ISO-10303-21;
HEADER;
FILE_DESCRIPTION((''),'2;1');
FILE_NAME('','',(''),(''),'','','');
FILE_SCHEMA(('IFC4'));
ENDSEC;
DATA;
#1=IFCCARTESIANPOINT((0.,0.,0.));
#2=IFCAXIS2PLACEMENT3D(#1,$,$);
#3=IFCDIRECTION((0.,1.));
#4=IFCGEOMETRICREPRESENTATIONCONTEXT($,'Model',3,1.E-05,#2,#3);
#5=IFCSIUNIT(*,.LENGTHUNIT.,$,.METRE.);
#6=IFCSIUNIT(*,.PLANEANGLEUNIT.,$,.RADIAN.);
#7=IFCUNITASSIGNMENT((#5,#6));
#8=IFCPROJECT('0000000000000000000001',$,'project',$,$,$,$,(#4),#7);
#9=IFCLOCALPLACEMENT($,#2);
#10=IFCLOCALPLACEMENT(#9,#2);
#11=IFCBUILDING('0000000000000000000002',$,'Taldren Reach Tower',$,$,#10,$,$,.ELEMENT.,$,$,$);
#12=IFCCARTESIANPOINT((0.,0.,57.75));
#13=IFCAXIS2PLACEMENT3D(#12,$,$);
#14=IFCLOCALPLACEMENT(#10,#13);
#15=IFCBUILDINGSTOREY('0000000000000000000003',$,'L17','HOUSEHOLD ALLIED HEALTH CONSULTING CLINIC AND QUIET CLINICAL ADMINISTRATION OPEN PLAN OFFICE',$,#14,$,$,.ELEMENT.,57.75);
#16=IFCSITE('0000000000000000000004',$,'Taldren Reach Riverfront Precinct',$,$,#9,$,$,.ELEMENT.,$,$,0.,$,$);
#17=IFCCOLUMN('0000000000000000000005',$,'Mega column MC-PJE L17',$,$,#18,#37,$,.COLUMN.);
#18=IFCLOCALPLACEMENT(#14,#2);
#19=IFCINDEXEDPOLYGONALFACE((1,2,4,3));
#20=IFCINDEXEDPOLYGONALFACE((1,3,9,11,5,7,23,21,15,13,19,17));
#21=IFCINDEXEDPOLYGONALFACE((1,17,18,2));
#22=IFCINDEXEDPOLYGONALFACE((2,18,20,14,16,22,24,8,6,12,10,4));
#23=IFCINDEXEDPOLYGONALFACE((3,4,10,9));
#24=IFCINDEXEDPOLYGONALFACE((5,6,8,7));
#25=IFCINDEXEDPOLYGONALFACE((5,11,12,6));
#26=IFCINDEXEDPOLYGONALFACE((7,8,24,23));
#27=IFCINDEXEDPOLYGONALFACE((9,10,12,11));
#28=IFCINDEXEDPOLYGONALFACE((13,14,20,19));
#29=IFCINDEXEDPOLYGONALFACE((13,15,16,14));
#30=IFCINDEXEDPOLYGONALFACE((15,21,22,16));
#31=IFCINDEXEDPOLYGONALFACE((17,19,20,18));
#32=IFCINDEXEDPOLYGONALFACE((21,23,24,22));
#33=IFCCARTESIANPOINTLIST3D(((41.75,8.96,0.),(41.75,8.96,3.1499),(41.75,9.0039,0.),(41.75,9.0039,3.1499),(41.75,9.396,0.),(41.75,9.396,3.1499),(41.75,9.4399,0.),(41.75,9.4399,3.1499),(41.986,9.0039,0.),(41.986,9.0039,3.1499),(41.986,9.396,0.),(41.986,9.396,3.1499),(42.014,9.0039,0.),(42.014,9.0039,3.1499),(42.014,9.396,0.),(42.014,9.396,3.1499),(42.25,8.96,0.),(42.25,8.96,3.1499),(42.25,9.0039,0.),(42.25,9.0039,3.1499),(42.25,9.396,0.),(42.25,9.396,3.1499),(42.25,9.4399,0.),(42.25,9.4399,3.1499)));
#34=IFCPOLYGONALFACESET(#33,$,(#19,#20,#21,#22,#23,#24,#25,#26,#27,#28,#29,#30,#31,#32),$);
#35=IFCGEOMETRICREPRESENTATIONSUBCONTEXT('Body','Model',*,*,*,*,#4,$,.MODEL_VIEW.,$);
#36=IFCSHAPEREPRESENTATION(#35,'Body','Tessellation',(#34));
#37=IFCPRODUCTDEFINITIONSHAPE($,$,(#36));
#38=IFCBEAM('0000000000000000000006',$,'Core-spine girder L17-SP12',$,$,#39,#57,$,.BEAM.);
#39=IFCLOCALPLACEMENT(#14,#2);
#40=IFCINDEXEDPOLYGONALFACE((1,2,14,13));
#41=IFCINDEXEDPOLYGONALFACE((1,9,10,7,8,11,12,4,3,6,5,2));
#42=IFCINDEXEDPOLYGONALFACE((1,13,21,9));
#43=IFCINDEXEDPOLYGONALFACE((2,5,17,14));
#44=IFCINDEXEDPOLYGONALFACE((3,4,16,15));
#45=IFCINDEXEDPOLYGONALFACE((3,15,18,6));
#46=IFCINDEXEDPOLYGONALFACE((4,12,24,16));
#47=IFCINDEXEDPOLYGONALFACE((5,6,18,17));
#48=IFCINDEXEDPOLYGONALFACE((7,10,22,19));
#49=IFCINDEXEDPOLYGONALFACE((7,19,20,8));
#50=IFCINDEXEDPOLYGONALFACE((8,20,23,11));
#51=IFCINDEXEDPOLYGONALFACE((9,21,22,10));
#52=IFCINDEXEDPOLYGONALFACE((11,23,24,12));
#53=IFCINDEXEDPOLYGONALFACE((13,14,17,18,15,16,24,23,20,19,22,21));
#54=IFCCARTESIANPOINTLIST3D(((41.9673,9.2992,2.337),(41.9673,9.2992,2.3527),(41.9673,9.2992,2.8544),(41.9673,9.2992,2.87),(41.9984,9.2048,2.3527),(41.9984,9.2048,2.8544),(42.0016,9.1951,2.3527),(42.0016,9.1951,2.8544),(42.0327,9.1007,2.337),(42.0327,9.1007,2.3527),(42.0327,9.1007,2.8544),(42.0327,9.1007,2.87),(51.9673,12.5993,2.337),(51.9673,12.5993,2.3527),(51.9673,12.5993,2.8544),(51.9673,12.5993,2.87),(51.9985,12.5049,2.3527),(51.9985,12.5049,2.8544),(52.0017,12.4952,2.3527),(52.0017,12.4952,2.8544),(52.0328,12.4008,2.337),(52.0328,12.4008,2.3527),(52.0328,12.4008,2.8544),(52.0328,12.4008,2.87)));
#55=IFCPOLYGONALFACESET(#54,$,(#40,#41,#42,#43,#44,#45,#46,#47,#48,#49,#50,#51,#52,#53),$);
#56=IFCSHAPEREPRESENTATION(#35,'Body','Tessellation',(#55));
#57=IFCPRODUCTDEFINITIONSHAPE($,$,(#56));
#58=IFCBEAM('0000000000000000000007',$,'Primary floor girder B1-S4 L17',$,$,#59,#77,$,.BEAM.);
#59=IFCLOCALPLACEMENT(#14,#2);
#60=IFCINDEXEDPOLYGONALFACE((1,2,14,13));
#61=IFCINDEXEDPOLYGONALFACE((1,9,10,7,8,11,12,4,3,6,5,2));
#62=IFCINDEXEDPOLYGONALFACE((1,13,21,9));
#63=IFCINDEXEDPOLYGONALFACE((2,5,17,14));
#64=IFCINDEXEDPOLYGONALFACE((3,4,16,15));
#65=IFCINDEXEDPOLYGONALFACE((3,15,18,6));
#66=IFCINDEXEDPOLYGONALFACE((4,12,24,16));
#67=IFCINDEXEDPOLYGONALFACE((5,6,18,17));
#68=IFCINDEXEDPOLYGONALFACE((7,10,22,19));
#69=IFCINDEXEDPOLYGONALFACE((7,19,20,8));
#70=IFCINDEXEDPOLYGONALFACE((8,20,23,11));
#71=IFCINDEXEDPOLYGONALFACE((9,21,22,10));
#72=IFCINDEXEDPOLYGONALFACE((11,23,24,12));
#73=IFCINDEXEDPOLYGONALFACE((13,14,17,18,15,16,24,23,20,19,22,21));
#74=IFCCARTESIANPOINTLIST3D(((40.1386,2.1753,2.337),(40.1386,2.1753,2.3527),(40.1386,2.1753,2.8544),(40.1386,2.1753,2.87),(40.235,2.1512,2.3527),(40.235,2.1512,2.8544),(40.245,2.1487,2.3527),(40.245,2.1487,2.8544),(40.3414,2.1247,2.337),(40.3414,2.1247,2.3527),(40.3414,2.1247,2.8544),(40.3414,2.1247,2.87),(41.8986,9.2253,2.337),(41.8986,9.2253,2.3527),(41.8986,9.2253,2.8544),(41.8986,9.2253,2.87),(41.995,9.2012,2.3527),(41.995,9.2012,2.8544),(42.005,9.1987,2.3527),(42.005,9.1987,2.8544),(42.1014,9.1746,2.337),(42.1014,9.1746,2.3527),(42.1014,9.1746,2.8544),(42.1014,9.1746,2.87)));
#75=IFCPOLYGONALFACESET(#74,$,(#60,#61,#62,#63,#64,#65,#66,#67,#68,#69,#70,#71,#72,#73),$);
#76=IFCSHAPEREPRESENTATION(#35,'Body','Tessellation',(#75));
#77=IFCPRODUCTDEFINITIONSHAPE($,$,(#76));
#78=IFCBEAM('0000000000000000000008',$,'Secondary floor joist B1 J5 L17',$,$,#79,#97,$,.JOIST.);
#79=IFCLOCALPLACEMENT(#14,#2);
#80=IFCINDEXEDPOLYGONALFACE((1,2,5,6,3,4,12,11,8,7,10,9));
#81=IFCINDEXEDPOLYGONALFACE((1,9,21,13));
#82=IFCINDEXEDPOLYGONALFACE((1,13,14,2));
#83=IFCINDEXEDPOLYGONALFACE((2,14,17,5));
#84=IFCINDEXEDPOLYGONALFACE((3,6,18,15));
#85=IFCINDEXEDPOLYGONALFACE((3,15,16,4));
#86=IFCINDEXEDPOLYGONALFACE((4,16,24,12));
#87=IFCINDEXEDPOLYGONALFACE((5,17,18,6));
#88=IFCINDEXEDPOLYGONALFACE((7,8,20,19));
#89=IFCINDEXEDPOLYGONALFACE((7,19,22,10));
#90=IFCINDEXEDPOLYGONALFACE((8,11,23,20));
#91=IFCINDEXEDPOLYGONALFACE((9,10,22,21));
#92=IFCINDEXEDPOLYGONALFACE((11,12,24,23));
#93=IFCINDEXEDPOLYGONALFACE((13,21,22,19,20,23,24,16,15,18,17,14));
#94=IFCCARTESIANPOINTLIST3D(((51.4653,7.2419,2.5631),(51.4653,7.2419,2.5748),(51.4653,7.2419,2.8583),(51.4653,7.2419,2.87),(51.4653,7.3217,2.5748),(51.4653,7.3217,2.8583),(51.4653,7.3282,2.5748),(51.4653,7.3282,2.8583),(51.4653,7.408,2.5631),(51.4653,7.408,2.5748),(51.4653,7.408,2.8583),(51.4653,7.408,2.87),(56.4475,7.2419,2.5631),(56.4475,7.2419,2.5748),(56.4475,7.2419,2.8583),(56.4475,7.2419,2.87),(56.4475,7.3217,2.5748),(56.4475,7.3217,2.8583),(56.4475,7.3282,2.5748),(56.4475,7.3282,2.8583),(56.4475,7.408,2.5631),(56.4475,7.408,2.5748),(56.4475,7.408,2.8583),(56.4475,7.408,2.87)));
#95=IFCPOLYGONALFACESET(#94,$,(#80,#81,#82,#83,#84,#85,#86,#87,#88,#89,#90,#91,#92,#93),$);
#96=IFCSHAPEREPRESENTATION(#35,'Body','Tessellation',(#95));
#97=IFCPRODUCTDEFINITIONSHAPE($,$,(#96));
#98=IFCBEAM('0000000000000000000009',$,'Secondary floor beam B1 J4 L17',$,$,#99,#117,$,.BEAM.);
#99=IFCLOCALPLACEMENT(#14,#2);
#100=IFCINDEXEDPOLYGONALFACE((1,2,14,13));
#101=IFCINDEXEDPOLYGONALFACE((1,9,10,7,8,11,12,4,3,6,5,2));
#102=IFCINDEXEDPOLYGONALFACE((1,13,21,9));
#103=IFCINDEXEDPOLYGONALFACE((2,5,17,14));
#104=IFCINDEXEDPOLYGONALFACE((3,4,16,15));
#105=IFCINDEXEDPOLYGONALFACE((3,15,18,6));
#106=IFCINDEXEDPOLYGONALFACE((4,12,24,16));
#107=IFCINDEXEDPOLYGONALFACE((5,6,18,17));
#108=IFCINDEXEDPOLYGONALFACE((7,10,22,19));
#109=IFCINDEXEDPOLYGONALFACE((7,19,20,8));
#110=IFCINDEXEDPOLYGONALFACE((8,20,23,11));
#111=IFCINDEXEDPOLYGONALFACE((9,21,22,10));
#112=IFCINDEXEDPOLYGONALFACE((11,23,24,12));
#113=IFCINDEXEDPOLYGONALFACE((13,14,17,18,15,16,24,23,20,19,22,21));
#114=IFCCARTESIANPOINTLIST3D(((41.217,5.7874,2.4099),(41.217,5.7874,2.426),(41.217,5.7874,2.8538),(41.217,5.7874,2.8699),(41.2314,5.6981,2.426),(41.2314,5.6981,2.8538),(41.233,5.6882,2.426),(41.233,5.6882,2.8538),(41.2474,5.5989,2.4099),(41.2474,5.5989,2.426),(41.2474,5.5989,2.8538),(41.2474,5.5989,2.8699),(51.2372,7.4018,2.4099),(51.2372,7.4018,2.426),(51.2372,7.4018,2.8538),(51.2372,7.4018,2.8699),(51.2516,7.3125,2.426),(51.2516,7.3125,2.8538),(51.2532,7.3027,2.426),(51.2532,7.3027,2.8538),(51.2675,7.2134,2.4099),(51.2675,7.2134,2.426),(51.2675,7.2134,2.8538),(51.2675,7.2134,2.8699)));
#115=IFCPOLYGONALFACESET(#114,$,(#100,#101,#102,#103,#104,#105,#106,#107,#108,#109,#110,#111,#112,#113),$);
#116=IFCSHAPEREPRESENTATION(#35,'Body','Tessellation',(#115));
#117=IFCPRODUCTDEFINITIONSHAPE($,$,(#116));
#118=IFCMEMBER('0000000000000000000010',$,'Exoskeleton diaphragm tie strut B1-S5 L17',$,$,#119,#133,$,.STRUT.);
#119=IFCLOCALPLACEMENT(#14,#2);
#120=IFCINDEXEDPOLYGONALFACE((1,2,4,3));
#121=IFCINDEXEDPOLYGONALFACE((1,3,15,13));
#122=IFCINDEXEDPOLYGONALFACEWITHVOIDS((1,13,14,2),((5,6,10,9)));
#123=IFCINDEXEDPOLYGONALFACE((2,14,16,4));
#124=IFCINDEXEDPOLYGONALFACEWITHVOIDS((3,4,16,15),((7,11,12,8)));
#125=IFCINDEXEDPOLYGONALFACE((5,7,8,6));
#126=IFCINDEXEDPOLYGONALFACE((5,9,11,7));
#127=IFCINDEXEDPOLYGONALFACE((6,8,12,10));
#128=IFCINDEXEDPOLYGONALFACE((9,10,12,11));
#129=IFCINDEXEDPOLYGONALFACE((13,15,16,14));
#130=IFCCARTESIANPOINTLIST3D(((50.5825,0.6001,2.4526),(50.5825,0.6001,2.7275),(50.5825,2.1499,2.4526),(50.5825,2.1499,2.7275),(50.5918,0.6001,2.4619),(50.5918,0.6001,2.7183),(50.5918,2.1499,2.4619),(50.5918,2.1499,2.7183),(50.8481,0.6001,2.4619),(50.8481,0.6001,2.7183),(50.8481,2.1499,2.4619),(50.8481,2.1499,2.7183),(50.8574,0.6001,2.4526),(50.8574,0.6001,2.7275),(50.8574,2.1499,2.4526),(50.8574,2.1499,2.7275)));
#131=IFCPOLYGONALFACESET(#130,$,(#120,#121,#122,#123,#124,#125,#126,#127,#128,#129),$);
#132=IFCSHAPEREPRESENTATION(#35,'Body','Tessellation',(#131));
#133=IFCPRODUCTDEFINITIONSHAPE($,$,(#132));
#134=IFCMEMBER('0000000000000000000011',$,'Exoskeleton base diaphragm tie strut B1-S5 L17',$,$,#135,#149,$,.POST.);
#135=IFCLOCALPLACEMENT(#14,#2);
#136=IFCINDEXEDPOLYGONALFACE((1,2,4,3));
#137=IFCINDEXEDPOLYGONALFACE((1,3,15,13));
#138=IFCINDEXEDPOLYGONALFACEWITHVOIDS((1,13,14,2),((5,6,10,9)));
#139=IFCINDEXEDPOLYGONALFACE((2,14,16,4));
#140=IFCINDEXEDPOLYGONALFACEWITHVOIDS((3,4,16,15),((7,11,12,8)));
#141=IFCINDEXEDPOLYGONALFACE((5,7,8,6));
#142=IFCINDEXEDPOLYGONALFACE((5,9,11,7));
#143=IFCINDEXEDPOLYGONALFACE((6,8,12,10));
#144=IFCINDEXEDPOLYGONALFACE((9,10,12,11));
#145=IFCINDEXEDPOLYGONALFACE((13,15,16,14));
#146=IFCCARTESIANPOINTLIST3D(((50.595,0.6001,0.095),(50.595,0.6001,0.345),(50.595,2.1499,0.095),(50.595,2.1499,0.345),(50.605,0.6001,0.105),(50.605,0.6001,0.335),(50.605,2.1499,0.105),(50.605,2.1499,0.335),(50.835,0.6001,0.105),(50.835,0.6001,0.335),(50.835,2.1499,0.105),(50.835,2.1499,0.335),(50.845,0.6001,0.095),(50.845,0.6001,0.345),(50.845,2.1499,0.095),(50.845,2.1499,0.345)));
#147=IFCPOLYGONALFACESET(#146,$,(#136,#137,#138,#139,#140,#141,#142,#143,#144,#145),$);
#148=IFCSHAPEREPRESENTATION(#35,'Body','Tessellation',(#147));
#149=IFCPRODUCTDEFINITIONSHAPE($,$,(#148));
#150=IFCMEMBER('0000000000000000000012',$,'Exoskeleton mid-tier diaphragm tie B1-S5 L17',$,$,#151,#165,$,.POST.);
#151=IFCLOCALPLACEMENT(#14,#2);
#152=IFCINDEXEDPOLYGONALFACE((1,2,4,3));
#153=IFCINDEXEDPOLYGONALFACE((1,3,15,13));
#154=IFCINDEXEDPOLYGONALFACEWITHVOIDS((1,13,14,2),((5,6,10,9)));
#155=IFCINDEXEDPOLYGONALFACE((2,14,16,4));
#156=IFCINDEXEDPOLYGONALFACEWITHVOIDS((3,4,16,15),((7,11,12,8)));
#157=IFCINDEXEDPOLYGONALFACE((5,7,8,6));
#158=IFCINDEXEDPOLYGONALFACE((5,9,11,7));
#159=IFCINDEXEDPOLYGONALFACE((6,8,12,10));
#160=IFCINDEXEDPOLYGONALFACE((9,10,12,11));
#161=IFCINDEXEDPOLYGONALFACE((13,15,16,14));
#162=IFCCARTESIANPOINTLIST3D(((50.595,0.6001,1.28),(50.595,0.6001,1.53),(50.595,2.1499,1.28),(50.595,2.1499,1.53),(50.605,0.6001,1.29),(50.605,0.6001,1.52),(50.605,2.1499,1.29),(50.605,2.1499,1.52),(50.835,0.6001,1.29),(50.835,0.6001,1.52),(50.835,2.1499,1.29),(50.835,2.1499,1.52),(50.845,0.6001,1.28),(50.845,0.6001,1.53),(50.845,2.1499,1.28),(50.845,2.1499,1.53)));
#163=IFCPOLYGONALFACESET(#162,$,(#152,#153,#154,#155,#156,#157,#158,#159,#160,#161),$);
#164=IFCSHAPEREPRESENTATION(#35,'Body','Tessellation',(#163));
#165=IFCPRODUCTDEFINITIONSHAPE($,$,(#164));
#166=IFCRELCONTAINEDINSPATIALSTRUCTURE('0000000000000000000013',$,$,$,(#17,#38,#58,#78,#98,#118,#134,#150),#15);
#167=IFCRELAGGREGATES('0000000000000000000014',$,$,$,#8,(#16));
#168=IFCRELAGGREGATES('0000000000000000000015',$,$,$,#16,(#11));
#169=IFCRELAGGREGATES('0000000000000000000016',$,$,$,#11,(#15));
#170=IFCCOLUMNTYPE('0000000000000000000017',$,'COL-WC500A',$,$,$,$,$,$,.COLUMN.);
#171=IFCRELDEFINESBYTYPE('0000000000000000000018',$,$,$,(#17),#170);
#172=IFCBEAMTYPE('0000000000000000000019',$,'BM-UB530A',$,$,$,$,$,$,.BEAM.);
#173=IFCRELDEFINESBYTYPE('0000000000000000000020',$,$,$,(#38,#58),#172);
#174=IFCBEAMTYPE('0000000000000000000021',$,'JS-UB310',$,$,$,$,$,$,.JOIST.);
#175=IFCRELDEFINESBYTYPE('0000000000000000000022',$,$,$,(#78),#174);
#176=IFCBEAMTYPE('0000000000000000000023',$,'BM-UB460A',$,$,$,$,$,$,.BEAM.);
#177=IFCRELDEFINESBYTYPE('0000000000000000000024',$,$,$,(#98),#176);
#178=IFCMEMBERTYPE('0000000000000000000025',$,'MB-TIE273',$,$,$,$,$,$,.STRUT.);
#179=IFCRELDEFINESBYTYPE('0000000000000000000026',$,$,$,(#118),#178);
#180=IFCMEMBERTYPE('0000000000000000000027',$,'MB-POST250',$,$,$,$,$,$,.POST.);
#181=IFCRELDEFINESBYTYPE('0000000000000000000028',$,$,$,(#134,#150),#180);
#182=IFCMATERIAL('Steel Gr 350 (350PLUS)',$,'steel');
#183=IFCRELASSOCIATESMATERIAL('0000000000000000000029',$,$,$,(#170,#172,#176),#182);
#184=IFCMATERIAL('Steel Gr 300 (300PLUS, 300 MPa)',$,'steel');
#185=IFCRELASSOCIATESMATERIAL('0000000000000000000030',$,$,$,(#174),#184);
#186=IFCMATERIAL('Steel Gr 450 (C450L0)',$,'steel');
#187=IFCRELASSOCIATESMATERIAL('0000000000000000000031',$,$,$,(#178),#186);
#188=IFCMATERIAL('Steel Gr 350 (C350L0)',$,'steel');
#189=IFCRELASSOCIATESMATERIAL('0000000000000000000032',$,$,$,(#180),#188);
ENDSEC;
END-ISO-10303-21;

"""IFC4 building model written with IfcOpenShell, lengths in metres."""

from ifc_helpers import new_model, si_unit, direction, frame, origin, origin_2d, place, context, subcontext, project, spatial, hollow_rectangle, i_section, extrude, source, transform, mapped, material, material_profile, profile_set, type_object, element, save


model = new_model("IFC4")

# Units and contexts
model_context = context("Model", 3, precision=1e-05, world=origin(), true_north=direction((0.0, 1.0)))
body_context = subcontext(model_context, "Body", "Model", "MODEL_VIEW")
ifc_project = project(units=[si_unit("LENGTHUNIT", "METRE"), si_unit("PLANEANGLEUNIT", "RADIAN")], contexts=[model_context])

# Site, building, storey
site_placement = place(None, origin())
site = spatial("IfcSite", under=ifc_project, at=site_placement, Name="Taldren Reach Riverfront Precinct", CompositionType="ELEMENT", RefElevation=0.0)
building_placement = place(site_placement, origin())
building = spatial("IfcBuilding", under=site, at=building_placement, Name="Taldren Reach Tower", CompositionType="ELEMENT")
storey_placement = place(building_placement, frame((0.0, 0.0, 57.75)))
storey = spatial("IfcBuildingStorey", under=building, at=storey_placement, Name="L17", Description="HOUSEHOLD ALLIED HEALTH CONSULTING CLINIC AND QUIET CLINICAL ADMINISTRATION OPEN PLAN OFFICE", CompositionType="ELEMENT", Elevation=57.75)

# Column
ifc_material_1 = material(Name="Steel Gr 350 (350PLUS)", Category="steel")
ifc_material_profile_1 = material_profile(ifc_material_1, i_section(OverallWidth=0.5, OverallDepth=0.48, WebThickness=0.0281, FlangeThickness=0.0439, at=origin_2d()), Name="500WC440")
ifc_profile_set_1 = profile_set([ifc_material_profile_1], Name="Steel Gr 350 (350PLUS)")
column_type = type_object("IfcColumnType", Name="COL-WC500A", PredefinedType="COLUMN", material=ifc_profile_set_1)
shared_shape_1 = source(origin(), body_context, "Body", "SweptSolid", [
    extrude(i_section(OverallWidth=0.5, OverallDepth=0.48, WebThickness=0.0281, FlangeThickness=0.0439, at=origin_2d()), origin(), (0.0, 0.0, 1.0), 3.1499),
])
column_placement = place(storey_placement, frame((42.0, 9.2, 0.0), z_axis=(0.0, 0.0, 1.0), x_axis=(1.0, 0.0, 0.0)))
element("IfcColumn", 1, at=column_placement, inside=storey, type_object=column_type, Name="Mega column MC-PJE L17", PredefinedType="COLUMN", context=body_context, shape_type="MappedRepresentation", body=[
    mapped(shared_shape_1, transform((0.0, 0.0, 0.0), scale=1.0)),
])

# Beams
ifc_material_profile_2 = material_profile(ifc_material_1, i_section(OverallWidth=0.209, OverallDepth=0.533, WebThickness=0.0103, FlangeThickness=0.0156, at=origin_2d()), Name="530UB92.4")
ifc_profile_set_2 = profile_set([ifc_material_profile_2], Name="Steel Gr 350 (350PLUS)")
beam_type_1 = type_object("IfcBeamType", Name="BM-UB530A", PredefinedType="BEAM", material=ifc_profile_set_2)
shared_shape_2 = source(origin(), body_context, "Body", "SweptSolid", [
    extrude(i_section(OverallWidth=0.209, OverallDepth=0.533, WebThickness=0.0103, FlangeThickness=0.0156, at=origin_2d()), origin(), (0.0, 0.0, 1.0), 10.5305),
])
beam_1_placement = place(storey_placement, frame((42.0, 9.2, 2.6035), z_axis=(0.949627, 0.313382, 0.0), x_axis=(-0.313382, 0.949627, 0.0)))
element("IfcBeam", 2, at=beam_1_placement, inside=storey, type_object=beam_type_1, Name="Core-spine girder L17-SP12", PredefinedType="BEAM", context=body_context, shape_type="MappedRepresentation", body=[
    mapped(shared_shape_2, transform((0.0, 0.0, 0.0), scale=1.0)),
])
shared_shape_3 = source(origin(), body_context, "Body", "SweptSolid", [
    extrude(i_section(OverallWidth=0.209, OverallDepth=0.533, WebThickness=0.0103, FlangeThickness=0.0156, at=origin_2d()), origin(), (0.0, 0.0, 1.0), 7.2664),
])
beam_2_placement = place(storey_placement, frame((42.0, 9.2, 2.6035), z_axis=(-0.242211, -0.970223, 0.0), x_axis=(0.970223, -0.242211, 0.0)))
element("IfcBeam", 3, at=beam_2_placement, inside=storey, type_object=beam_type_1, Name="Primary floor girder B1-S4 L17", PredefinedType="BEAM", context=body_context, shape_type="MappedRepresentation", body=[
    mapped(shared_shape_3, transform((0.0, 0.0, 0.0), scale=1.0)),
])
ifc_material_2 = material(Name="Steel Gr 300 (300PLUS, 300 MPa)", Category="steel")
ifc_material_profile_3 = material_profile(ifc_material_2, i_section(OverallWidth=0.166, OverallDepth=0.3069, WebThickness=0.0066, FlangeThickness=0.0117, at=origin_2d()), Name="310UB46.2")
ifc_profile_set_3 = profile_set([ifc_material_profile_3], Name="Steel Gr 300 (300PLUS, 300 MPa)")
beam_type_2 = type_object("IfcBeamType", Name="JS-UB310", PredefinedType="JOIST", material=ifc_profile_set_3)
shared_shape_4 = source(origin(), body_context, "Body", "SweptSolid", [
    extrude(i_section(OverallWidth=0.166, OverallDepth=0.3069, WebThickness=0.0066, FlangeThickness=0.0117, at=origin_2d()), origin(), (0.0, 0.0, 1.0), 4.9822),
])
beam_3_placement = place(storey_placement, frame((51.4653, 7.325, 2.7166), z_axis=(1.0, 0.0, 0.0), x_axis=(0.0, 1.0, 0.0)))
element("IfcBeam", 4, at=beam_3_placement, inside=storey, type_object=beam_type_2, Name="Secondary floor joist B1 J5 L17", PredefinedType="JOIST", context=body_context, shape_type="MappedRepresentation", body=[
    mapped(shared_shape_4, transform((0.0, 0.0, 0.0), scale=1.0)),
])
ifc_material_profile_4 = material_profile(ifc_material_1, i_section(OverallWidth=0.1909, OverallDepth=0.46, WebThickness=0.01, FlangeThickness=0.0161, at=origin_2d()), Name="460UB82.1")
ifc_profile_set_4 = profile_set([ifc_material_profile_4], Name="Steel Gr 350 (350PLUS)")
beam_type_3 = type_object("IfcBeamType", Name="BM-UB460A", PredefinedType="BEAM", material=ifc_profile_set_4)
shared_shape_5 = source(origin(), body_context, "Body", "SweptSolid", [
    extrude(i_section(OverallWidth=0.1909, OverallDepth=0.46, WebThickness=0.01, FlangeThickness=0.0161, at=origin_2d()), origin(), (0.0, 0.0, 1.0), 10.1494),
])
beam_4_placement = place(storey_placement, frame((41.2322, 5.6931, 2.6399), z_axis=(0.987267, 0.159072, 0.0), x_axis=(-0.159072, 0.987267, 0.0)))
element("IfcBeam", 5, at=beam_4_placement, inside=storey, type_object=beam_type_3, Name="Secondary floor beam B1 J4 L17", PredefinedType="BEAM", context=body_context, shape_type="MappedRepresentation", body=[
    mapped(shared_shape_5, transform((0.0, 0.0, 0.0), scale=1.0)),
])

# Members
ifc_material_3 = material(Name="Steel Gr 450 (C450L0)", Category="steel")
ifc_material_profile_5 = material_profile(ifc_material_3, hollow_rectangle(XDim=0.2749, YDim=0.2749, WallThickness=0.0093, at=origin_2d()), Name="275x275x9.3SHS")
ifc_profile_set_5 = profile_set([ifc_material_profile_5], Name="Steel Gr 450 (C450L0)")
member_type_1 = type_object("IfcMemberType", Name="MB-TIE273", PredefinedType="STRUT", material=ifc_profile_set_5)
shared_shape_6 = source(origin(), body_context, "Body", "SweptSolid", [
    extrude(hollow_rectangle(XDim=0.2749, YDim=0.2749, WallThickness=0.0093, at=origin_2d()), origin(), (0.0, 0.0, 1.0), 1.5498),
])
member_placement = place(storey_placement, frame((50.72, 2.1499, 2.5901), z_axis=(0.0, -1.0, 0.0), x_axis=(1.0, 0.0, 0.0)))
element("IfcMember", 6, at=member_placement, inside=storey, type_object=member_type_1, Name="Exoskeleton diaphragm tie strut B1-S5 L17", PredefinedType="STRUT", context=body_context, shape_type="MappedRepresentation", body=[
    mapped(shared_shape_6, transform((0.0, 0.0, 0.0), scale=1.0)),
])
ifc_material_4 = material(Name="Steel Gr 350 (C350L0)", Category="steel")
ifc_material_profile_6 = material_profile(ifc_material_4, hollow_rectangle(XDim=0.25, YDim=0.25, WallThickness=0.01, at=origin_2d()), Name="250x250x10.0SHS")
ifc_profile_set_6 = profile_set([ifc_material_profile_6], Name="Steel Gr 350 (C350L0)")
member_type_2 = type_object("IfcMemberType", Name="MB-POST250", PredefinedType="POST", material=ifc_profile_set_6)
shared_shape_7 = source(origin(), body_context, "Body", "SweptSolid", [
    extrude(hollow_rectangle(XDim=0.25, YDim=0.25, WallThickness=0.01, at=origin_2d()), origin(), (0.0, 0.0, 1.0), 1.5498),
])
for number, where, z_axis, x_axis, name in (
    (7, (50.72, 2.1499, 0.22), (0.0, -1.0, 0.0), (1.0, 0.0, 0.0), "Exoskeleton base diaphragm tie strut B1-S5 L17"),
    (8, (50.72, 2.1499, 1.405), (0.0, -1.0, 0.0), (1.0, 0.0, 0.0), "Exoskeleton mid-tier diaphragm tie B1-S5 L17"),
):
    element("IfcMember", number, at=place(storey_placement, frame(where, z_axis=z_axis, x_axis=x_axis)), inside=storey, type_object=member_type_2, Name=name, PredefinedType="POST", context=body_context, shape_type="MappedRepresentation", body=[
        mapped(shared_shape_7, transform((0.0, 0.0, 0.0), scale=1.0)),
    ])

save(model, "model.ifc")
